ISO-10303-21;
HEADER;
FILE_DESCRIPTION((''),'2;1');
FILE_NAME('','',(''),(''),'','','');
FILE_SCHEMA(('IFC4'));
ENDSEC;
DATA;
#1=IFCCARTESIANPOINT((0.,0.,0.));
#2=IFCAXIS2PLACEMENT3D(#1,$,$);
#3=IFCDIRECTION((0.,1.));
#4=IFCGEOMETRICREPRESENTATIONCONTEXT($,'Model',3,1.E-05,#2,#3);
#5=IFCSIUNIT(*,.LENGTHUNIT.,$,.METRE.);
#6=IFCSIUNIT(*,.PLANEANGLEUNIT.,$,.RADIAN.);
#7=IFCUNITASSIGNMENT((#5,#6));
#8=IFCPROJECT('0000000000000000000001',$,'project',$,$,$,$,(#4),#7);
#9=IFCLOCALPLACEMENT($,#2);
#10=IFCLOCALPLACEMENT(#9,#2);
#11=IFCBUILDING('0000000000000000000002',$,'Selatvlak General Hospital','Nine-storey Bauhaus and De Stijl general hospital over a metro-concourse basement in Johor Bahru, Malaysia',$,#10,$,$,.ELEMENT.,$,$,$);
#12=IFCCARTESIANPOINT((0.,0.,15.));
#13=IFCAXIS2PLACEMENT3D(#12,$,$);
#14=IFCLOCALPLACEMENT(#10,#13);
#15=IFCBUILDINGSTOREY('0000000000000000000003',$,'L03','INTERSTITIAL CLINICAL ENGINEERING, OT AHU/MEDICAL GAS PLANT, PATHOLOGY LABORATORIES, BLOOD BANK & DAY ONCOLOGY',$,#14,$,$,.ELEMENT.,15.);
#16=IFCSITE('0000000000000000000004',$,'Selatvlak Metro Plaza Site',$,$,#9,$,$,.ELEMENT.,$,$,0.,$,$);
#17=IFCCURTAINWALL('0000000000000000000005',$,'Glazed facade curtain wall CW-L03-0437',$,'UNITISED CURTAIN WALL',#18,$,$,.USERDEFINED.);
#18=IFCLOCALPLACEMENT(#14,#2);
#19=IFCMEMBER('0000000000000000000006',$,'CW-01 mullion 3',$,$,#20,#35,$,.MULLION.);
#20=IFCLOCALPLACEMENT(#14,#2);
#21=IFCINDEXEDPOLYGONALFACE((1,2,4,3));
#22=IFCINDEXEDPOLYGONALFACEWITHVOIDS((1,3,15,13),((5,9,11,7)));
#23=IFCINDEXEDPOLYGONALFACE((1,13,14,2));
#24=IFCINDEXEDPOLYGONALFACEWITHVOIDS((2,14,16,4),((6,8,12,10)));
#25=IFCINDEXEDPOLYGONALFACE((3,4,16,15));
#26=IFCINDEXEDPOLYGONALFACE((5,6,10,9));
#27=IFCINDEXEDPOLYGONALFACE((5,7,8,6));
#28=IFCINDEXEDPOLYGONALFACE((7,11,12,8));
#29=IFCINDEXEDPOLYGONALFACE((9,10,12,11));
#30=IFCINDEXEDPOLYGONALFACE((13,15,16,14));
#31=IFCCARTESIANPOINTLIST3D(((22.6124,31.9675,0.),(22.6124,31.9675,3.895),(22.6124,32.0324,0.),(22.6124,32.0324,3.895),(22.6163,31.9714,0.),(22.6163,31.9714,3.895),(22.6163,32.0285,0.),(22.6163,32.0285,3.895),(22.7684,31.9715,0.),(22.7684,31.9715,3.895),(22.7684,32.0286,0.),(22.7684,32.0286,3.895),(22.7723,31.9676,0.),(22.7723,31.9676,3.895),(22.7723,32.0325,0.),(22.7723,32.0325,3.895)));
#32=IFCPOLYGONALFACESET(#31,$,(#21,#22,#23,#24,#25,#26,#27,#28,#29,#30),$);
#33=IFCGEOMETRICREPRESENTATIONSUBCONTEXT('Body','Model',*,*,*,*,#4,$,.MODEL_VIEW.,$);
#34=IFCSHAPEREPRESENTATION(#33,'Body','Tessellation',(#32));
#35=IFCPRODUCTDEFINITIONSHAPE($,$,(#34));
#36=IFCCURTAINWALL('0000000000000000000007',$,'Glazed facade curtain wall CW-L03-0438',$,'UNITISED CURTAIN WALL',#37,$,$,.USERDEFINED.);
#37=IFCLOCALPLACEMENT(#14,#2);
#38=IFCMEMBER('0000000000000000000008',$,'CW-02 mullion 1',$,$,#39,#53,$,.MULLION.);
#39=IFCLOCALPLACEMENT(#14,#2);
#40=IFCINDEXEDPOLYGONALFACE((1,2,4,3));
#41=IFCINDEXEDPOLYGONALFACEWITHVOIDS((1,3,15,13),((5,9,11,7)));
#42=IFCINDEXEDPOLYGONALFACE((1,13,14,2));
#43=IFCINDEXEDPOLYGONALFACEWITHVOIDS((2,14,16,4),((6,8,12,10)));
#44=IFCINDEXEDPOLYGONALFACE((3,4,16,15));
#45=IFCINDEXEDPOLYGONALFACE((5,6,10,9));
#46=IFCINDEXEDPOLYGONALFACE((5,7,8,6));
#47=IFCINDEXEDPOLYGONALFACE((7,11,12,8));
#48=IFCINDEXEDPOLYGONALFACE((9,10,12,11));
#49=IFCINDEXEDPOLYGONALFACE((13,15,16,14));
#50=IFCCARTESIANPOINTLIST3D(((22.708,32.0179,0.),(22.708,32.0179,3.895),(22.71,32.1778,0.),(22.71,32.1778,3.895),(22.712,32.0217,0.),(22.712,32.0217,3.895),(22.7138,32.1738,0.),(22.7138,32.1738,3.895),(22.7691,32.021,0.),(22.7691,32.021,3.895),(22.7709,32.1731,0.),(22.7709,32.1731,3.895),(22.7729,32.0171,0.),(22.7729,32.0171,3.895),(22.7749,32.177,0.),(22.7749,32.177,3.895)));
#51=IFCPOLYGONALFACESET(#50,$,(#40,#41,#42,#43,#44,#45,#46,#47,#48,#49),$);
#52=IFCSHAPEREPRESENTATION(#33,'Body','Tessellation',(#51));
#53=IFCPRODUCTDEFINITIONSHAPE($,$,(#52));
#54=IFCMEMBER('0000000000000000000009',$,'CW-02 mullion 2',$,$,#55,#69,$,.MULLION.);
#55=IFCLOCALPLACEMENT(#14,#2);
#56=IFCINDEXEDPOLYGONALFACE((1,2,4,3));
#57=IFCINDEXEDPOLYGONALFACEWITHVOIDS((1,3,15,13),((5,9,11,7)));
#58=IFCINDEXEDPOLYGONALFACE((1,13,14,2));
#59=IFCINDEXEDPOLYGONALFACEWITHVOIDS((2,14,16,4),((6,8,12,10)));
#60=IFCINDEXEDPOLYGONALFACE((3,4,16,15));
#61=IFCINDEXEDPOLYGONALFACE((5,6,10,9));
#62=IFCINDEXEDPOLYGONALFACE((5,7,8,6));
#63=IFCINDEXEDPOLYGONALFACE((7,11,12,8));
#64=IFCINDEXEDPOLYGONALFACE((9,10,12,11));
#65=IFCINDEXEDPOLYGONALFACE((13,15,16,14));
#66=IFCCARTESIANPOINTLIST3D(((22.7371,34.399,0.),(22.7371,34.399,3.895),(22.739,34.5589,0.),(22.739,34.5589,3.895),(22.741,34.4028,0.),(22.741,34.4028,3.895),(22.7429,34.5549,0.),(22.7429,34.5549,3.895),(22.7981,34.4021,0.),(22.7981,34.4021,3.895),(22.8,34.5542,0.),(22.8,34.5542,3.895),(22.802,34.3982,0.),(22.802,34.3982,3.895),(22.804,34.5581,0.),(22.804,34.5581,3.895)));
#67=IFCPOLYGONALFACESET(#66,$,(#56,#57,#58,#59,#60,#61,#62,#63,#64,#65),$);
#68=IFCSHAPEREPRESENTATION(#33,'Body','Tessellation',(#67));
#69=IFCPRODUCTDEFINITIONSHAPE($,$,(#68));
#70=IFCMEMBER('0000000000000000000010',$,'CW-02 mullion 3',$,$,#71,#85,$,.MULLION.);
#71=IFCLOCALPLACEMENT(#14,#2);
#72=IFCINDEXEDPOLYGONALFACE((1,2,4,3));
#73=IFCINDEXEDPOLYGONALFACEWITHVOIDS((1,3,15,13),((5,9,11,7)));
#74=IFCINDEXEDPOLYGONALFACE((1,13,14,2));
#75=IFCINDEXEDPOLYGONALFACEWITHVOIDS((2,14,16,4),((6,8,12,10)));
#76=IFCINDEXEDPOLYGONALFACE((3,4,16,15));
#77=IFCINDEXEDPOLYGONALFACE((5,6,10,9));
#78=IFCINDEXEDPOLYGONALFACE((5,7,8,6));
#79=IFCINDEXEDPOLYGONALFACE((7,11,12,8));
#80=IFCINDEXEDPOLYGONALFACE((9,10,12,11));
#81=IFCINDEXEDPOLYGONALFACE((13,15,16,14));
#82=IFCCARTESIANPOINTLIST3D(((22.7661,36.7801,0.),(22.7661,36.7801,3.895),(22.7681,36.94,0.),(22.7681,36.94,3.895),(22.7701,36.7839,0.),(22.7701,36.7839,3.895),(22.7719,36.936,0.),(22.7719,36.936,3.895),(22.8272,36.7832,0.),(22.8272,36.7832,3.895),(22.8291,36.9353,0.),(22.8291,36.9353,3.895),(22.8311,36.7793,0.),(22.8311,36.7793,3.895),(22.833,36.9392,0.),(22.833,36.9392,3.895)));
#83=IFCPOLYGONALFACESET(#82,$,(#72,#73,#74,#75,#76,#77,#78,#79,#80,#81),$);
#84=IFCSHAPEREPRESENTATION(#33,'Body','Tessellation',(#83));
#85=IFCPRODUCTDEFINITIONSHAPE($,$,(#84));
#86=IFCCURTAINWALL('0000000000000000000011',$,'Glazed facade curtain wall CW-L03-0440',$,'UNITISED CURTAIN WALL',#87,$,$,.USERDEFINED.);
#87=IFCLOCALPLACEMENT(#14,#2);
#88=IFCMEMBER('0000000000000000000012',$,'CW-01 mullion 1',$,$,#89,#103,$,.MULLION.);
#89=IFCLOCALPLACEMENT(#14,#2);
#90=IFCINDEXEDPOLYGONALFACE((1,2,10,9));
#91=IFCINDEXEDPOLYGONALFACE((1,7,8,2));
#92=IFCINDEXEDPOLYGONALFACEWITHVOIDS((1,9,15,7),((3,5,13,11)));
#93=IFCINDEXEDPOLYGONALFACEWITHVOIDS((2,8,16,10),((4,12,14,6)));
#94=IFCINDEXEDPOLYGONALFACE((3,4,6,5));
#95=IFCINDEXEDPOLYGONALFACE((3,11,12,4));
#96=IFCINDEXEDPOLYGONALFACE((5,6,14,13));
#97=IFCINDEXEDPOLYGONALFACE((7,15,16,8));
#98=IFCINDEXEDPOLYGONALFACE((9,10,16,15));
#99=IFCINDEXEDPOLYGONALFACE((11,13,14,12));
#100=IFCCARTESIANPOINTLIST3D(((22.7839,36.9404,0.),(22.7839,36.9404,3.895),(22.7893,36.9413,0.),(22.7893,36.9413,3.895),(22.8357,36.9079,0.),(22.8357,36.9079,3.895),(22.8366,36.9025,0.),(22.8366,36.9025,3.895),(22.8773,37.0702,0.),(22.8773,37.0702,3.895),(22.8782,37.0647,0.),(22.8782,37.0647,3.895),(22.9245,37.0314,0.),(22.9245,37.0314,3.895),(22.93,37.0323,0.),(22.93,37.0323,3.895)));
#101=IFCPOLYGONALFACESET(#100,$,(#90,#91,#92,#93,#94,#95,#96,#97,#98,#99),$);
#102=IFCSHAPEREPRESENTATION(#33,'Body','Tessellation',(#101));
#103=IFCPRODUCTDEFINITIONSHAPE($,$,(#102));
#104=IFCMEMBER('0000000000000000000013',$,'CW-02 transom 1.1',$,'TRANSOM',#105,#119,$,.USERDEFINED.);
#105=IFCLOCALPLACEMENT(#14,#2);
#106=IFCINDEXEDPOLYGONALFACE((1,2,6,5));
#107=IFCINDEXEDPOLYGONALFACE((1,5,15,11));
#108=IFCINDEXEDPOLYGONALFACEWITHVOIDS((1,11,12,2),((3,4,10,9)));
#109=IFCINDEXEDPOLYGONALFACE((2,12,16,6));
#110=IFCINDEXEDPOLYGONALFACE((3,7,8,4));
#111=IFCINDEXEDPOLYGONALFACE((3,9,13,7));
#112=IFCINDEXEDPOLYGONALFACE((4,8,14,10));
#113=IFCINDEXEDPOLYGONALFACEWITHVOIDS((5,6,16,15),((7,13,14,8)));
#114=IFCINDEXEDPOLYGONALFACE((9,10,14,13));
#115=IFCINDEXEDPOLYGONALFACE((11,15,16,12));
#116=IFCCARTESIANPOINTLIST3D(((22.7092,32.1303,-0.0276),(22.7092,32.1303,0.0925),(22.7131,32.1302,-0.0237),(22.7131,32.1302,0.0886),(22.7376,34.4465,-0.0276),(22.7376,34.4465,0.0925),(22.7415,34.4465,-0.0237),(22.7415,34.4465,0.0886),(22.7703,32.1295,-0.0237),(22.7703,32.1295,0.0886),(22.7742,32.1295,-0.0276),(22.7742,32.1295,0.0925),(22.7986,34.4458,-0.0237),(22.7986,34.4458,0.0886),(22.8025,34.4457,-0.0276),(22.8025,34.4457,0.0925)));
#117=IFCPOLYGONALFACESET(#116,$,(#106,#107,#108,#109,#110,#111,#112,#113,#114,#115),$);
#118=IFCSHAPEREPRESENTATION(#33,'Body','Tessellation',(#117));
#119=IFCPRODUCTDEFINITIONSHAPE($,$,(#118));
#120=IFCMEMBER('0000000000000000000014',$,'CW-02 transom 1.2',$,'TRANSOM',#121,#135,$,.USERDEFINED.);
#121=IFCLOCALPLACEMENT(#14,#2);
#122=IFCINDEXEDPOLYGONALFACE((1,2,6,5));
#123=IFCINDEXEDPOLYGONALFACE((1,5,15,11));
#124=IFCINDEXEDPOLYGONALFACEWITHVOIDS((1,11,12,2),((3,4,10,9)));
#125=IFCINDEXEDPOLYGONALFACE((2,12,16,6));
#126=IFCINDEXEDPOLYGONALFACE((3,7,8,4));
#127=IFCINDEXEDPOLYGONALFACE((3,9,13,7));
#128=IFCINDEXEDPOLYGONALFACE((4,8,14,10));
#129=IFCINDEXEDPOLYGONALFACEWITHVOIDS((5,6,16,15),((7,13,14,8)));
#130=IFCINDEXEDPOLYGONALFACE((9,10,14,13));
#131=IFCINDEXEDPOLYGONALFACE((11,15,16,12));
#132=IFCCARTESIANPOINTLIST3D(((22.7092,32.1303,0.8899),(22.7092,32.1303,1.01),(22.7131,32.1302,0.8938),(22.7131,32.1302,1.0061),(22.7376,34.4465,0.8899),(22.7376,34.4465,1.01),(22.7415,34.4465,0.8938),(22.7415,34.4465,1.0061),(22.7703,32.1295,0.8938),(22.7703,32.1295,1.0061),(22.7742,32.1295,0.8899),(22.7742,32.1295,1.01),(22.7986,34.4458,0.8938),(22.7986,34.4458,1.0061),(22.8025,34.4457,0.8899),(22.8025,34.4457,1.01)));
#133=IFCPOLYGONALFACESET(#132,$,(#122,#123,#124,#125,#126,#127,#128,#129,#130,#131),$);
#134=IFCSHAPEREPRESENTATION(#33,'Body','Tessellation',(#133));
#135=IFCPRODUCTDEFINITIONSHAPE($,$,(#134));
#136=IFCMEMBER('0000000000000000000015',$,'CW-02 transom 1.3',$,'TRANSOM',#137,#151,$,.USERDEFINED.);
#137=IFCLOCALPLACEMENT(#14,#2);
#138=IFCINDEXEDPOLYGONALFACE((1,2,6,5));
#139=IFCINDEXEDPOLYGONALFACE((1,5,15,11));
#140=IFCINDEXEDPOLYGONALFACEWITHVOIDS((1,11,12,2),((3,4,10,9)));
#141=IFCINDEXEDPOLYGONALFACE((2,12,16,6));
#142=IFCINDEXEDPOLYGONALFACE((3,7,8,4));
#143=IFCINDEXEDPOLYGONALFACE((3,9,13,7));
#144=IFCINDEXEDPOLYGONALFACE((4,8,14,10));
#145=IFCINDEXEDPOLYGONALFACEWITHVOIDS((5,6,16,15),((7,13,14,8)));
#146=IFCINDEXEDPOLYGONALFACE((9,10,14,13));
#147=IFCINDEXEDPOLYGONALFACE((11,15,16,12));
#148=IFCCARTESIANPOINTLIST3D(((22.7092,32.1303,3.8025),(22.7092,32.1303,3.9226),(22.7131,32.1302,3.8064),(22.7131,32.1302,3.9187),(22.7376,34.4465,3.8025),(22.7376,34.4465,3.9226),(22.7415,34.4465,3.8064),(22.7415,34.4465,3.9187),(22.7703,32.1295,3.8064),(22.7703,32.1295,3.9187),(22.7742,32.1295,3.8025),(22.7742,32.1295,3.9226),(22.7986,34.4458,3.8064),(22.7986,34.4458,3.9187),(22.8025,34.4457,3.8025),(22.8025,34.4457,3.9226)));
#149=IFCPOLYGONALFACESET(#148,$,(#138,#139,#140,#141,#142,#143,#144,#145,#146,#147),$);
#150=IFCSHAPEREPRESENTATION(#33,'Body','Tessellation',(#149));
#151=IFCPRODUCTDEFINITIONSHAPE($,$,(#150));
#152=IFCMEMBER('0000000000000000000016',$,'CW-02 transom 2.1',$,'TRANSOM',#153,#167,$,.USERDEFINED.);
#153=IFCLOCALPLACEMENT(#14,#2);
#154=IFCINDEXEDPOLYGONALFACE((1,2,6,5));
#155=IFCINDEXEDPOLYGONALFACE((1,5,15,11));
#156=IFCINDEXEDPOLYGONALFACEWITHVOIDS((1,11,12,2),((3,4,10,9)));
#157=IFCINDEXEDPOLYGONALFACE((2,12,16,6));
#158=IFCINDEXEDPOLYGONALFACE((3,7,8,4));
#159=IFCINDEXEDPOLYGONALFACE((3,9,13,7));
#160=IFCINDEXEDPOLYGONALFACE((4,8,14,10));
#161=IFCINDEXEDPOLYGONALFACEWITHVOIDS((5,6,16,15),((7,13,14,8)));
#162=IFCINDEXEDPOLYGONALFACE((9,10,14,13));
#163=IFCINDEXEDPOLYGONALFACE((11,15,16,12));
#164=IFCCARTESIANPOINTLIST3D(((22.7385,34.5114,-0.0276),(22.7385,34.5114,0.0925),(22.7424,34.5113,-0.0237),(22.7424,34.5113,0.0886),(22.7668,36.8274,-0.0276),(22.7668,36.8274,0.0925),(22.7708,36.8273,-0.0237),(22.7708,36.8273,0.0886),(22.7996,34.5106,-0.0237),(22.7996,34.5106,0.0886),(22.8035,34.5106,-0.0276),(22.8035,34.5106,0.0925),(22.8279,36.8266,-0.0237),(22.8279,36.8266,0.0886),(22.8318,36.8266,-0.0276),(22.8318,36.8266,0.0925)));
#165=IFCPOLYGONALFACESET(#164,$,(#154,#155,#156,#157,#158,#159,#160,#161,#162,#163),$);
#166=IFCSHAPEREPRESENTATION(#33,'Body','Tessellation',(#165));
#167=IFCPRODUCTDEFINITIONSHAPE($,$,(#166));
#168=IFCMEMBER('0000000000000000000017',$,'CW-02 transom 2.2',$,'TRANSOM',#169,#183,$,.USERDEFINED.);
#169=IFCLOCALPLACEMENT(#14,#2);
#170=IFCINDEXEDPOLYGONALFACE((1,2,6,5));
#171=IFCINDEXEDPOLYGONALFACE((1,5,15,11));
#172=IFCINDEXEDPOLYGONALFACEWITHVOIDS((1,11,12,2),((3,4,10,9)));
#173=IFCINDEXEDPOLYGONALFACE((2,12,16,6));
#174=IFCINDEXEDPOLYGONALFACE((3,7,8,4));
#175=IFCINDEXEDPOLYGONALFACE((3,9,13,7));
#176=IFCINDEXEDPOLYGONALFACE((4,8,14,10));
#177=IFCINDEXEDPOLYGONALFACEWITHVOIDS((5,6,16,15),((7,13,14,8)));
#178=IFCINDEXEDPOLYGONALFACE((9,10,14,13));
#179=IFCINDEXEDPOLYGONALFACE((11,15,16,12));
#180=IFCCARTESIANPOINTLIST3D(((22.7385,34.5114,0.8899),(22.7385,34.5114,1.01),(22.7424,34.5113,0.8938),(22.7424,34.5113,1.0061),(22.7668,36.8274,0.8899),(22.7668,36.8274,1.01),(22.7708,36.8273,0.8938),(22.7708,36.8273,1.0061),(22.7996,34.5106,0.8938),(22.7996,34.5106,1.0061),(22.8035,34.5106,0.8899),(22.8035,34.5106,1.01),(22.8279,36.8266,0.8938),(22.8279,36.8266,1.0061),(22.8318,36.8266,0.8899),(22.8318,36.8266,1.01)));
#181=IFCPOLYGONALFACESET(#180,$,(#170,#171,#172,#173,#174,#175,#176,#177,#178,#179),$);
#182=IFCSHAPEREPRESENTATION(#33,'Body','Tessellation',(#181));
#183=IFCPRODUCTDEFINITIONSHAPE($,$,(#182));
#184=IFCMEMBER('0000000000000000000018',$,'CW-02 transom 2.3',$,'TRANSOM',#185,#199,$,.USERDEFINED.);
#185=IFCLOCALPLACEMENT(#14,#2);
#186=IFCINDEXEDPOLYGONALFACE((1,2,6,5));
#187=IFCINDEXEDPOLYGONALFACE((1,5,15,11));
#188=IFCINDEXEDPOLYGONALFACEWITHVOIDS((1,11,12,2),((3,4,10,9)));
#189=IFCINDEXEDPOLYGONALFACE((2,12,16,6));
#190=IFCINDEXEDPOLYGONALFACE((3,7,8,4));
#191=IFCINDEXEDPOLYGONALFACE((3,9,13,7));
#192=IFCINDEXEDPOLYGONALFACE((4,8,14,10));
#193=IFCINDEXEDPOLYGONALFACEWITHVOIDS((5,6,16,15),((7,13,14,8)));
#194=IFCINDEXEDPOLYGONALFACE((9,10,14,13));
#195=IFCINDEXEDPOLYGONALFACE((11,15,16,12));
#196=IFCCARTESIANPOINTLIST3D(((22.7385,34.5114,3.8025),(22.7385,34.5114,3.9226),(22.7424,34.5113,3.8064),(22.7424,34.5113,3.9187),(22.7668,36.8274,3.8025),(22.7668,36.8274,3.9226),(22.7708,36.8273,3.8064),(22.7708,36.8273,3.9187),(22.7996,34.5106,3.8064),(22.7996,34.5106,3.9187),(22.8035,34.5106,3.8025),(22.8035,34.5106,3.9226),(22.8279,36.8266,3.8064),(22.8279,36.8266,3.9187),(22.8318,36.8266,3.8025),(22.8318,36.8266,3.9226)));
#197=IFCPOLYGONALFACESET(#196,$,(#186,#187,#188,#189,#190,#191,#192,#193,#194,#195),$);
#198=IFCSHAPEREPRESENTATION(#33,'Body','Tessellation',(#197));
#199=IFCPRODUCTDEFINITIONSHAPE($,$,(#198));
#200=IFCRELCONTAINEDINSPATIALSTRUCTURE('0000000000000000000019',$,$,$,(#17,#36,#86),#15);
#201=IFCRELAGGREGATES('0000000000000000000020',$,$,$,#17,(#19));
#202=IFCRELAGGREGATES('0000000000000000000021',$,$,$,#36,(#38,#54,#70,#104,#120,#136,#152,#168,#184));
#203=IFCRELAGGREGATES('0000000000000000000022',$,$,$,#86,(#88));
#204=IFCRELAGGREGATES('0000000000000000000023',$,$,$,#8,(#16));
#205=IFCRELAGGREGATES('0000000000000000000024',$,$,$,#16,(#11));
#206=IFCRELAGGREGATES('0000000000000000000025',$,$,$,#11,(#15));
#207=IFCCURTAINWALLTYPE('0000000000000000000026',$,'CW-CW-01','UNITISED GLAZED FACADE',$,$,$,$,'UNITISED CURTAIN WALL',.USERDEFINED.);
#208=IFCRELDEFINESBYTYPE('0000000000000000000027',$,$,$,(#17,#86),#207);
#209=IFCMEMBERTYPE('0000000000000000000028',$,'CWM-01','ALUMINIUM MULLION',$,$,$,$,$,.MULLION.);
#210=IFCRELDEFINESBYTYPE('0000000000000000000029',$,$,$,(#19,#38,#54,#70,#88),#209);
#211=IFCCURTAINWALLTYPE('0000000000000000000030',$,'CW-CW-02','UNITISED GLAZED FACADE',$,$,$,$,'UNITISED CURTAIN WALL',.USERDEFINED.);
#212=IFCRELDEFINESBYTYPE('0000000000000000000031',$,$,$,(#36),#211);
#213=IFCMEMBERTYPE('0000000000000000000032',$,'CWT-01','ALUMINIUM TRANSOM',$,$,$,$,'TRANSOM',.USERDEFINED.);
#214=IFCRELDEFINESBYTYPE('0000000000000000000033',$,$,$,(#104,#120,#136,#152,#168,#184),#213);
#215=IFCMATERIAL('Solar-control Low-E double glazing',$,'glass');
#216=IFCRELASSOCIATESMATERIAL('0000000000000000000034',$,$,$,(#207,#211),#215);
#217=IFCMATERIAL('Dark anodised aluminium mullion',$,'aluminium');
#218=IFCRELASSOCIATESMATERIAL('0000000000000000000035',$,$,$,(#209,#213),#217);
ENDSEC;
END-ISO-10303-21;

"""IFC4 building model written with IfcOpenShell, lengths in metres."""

from ifc_helpers import new_model, si_unit, direction, frame, origin, origin_2d, place, context, subcontext, project, spatial, hollow_rectangle, extrude, material, material_profile, profile_set, type_object, element, aggregate, save


model = new_model("IFC4")

# Units and contexts
model_context = context("Model", 3, precision=1e-05, world=origin(), true_north=direction((0.0, 1.0)))
body_context = subcontext(model_context, "Body", "Model", "MODEL_VIEW")
ifc_project = project(units=[si_unit("LENGTHUNIT", "METRE"), si_unit("PLANEANGLEUNIT", "RADIAN")], contexts=[model_context])

# Site, building, storey
site_placement = place(None, origin())
site = spatial("IfcSite", under=ifc_project, at=site_placement, Name="Selatvlak Metro Plaza Site", CompositionType="ELEMENT", RefElevation=0.0)
building_placement = place(site_placement, origin())
building = spatial("IfcBuilding", under=site, at=building_placement, Name="Selatvlak General Hospital", Description="Nine-storey Bauhaus and De Stijl general hospital over a metro-concourse basement in Johor Bahru, Malaysia", CompositionType="ELEMENT")
storey_placement = place(building_placement, frame((0.0, 0.0, 15.0)))
storey = spatial("IfcBuildingStorey", under=building, at=storey_placement, Name="L03", Description="INTERSTITIAL CLINICAL ENGINEERING, OT AHU/MEDICAL GAS PLANT, PATHOLOGY LABORATORIES, BLOOD BANK & DAY ONCOLOGY", CompositionType="ELEMENT", Elevation=15.0)

# Curtain wall, member
ifc_material_1 = material(Name="Solar-control Low-E double glazing", Category="glass")
curtain_wall_type_1 = type_object("IfcCurtainWallType", Name="CW-CW-01", Description="UNITISED GLAZED FACADE", ElementType="UNITISED CURTAIN WALL", PredefinedType="USERDEFINED", material=ifc_material_1)
curtain_wall_1_placement = place(storey_placement, origin())
curtain_wall_1 = element("IfcCurtainWall", 1, at=curtain_wall_1_placement, inside=storey, type_object=curtain_wall_type_1, Name="Glazed facade curtain wall CW-L03-0437", ObjectType="UNITISED CURTAIN WALL", PredefinedType="USERDEFINED")
ifc_material_2 = material(Name="Dark anodised aluminium mullion", Category="aluminium")
ifc_material_profile_1 = material_profile(ifc_material_2, hollow_rectangle(XDim=0.0649, YDim=0.1599, WallThickness=0.0039, at=origin_2d()), Name="AL-MUL 65x160x4")
ifc_profile_set_1 = profile_set([ifc_material_profile_1], Name="Dark anodised aluminium mullion")
member_type_1 = type_object("IfcMemberType", Name="CWM-01", Description="ALUMINIUM MULLION", PredefinedType="MULLION", material=ifc_profile_set_1)
member_1_placement = place(storey_placement, frame((22.6924, 32.0, 0.0), z_axis=(0.0, 0.0, 1.0), x_axis=(-0.000295, 1.0, 0.0)))
member_1 = element("IfcMember", 2, at=member_1_placement, type_object=member_type_1, Name="CW-01 mullion 3", PredefinedType="MULLION", context=body_context, shape_type="SweptSolid", body=[
    extrude(hollow_rectangle(XDim=0.0649, YDim=0.1599, WallThickness=0.0039, at=origin_2d()), origin(), (0.0, 0.0, 1.0), 3.895),
])

# Curtain wall, members
curtain_wall_type_2 = type_object("IfcCurtainWallType", Name="CW-CW-02", Description="UNITISED GLAZED FACADE", ElementType="UNITISED CURTAIN WALL", PredefinedType="USERDEFINED", material=ifc_material_1)
curtain_wall_2_placement = place(storey_placement, origin())
curtain_wall_2 = element("IfcCurtainWall", 3, at=curtain_wall_2_placement, inside=storey, type_object=curtain_wall_type_2, Name="Glazed facade curtain wall CW-L03-0438", ObjectType="UNITISED CURTAIN WALL", PredefinedType="USERDEFINED")
member_2_placement = place(storey_placement, frame((22.7415, 32.0974, 0.0), z_axis=(0.0, 0.0, 1.0), x_axis=(-0.999925, 0.012222, 0.0)))
member_2 = element("IfcMember", 4, at=member_2_placement, type_object=member_type_1, Name="CW-02 mullion 1", PredefinedType="MULLION", context=body_context, shape_type="SweptSolid", body=[
    extrude(hollow_rectangle(XDim=0.0649, YDim=0.1599, WallThickness=0.0039, at=origin_2d()), origin(), (0.0, 0.0, 1.0), 3.895),
])
member_3_placement = place(storey_placement, frame((22.7705, 34.4785, 0.0), z_axis=(0.0, 0.0, 1.0), x_axis=(-0.999925, 0.012222, 0.0)))
member_3 = element("IfcMember", 5, at=member_3_placement, type_object=member_type_1, Name="CW-02 mullion 2", PredefinedType="MULLION", context=body_context, shape_type="SweptSolid", body=[
    extrude(hollow_rectangle(XDim=0.0649, YDim=0.1599, WallThickness=0.0039, at=origin_2d()), origin(), (0.0, 0.0, 1.0), 3.895),
])
member_4_placement = place(storey_placement, frame((22.7996, 36.8596, 0.0), z_axis=(0.0, 0.0, 1.0), x_axis=(-0.999925, 0.012222, 0.0)))
member_4 = element("IfcMember", 6, at=member_4_placement, type_object=member_type_1, Name="CW-02 mullion 3", PredefinedType="MULLION", context=body_context, shape_type="SweptSolid", body=[
    extrude(hollow_rectangle(XDim=0.0649, YDim=0.1599, WallThickness=0.0039, at=origin_2d()), origin(), (0.0, 0.0, 1.0), 3.895),
])

# Curtain wall, member
curtain_wall_3_placement = place(storey_placement, origin())
curtain_wall_3 = element("IfcCurtainWall", 7, at=curtain_wall_3_placement, inside=storey, type_object=curtain_wall_type_1, Name="Glazed facade curtain wall CW-L03-0440", ObjectType="UNITISED CURTAIN WALL", PredefinedType="USERDEFINED")
member_5_placement = place(storey_placement, frame((22.8569, 36.9863, 0.0), z_axis=(0.0, 0.0, 1.0), x_axis=(-0.811804, 0.583929, 0.0)))
member_5 = element("IfcMember", 8, at=member_5_placement, type_object=member_type_1, Name="CW-01 mullion 1", PredefinedType="MULLION", context=body_context, shape_type="SweptSolid", body=[
    extrude(hollow_rectangle(XDim=0.0649, YDim=0.1599, WallThickness=0.0039, at=origin_2d()), origin(), (0.0, 0.0, 1.0), 3.895),
])

# Members
ifc_material_profile_2 = material_profile(ifc_material_2, hollow_rectangle(XDim=0.0649, YDim=0.1201, WallThickness=0.0039, at=origin_2d()), Name="AL-TRN 65x120x4")
ifc_profile_set_2 = profile_set([ifc_material_profile_2], Name="Dark anodised aluminium mullion")
member_type_2 = type_object("IfcMemberType", Name="CWT-01", Description="ALUMINIUM TRANSOM", ElementType="TRANSOM", PredefinedType="USERDEFINED", material=ifc_profile_set_2)
member_6_placement = place(storey_placement, frame((22.7417, 32.1299, 0.0325), z_axis=(0.012226, 0.999925, 0.0), x_axis=(-0.999925, 0.012226, 0.0)))
member_6 = element("IfcMember", 9, at=member_6_placement, type_object=member_type_2, Name="CW-02 transom 1.1", ObjectType="TRANSOM", PredefinedType="USERDEFINED", context=body_context, shape_type="SweptSolid", body=[
    extrude(hollow_rectangle(XDim=0.0649, YDim=0.1201, WallThickness=0.0039, at=origin_2d()), origin(), (0.0, 0.0, 1.0), 2.3164),
])
member_7_placement = place(storey_placement, frame((22.7417, 32.1299, 0.95), z_axis=(0.012226, 0.999925, 0.0), x_axis=(-0.999925, 0.012226, 0.0)))
member_7 = element("IfcMember", 10, at=member_7_placement, type_object=member_type_2, Name="CW-02 transom 1.2", ObjectType="TRANSOM", PredefinedType="USERDEFINED", context=body_context, shape_type="SweptSolid", body=[
    extrude(hollow_rectangle(XDim=0.0649, YDim=0.1201, WallThickness=0.0039, at=origin_2d()), origin(), (0.0, 0.0, 1.0), 2.3164),
])
member_8_placement = place(storey_placement, frame((22.7417, 32.1299, 3.8625), z_axis=(0.012226, 0.999925, 0.0), x_axis=(-0.999925, 0.012226, 0.0)))
member_8 = element("IfcMember", 11, at=member_8_placement, type_object=member_type_2, Name="CW-02 transom 1.3", ObjectType="TRANSOM", PredefinedType="USERDEFINED", context=body_context, shape_type="SweptSolid", body=[
    extrude(hollow_rectangle(XDim=0.0649, YDim=0.1201, WallThickness=0.0039, at=origin_2d()), origin(), (0.0, 0.0, 1.0), 2.3164),
])
member_9_placement = place(storey_placement, frame((22.771, 34.511, 0.0325), z_axis=(0.012228, 0.999925, 0.0), x_axis=(-0.999925, 0.012228, 0.0)))
member_9 = element("IfcMember", 12, at=member_9_placement, type_object=member_type_2, Name="CW-02 transom 2.1", ObjectType="TRANSOM", PredefinedType="USERDEFINED", context=body_context, shape_type="SweptSolid", body=[
    extrude(hollow_rectangle(XDim=0.0649, YDim=0.1201, WallThickness=0.0039, at=origin_2d()), origin(), (0.0, 0.0, 1.0), 2.3162),
])
member_10_placement = place(storey_placement, frame((22.771, 34.511, 0.95), z_axis=(0.012228, 0.999925, 0.0), x_axis=(-0.999925, 0.012228, 0.0)))
member_10 = element("IfcMember", 13, at=member_10_placement, type_object=member_type_2, Name="CW-02 transom 2.2", ObjectType="TRANSOM", PredefinedType="USERDEFINED", context=body_context, shape_type="SweptSolid", body=[
    extrude(hollow_rectangle(XDim=0.0649, YDim=0.1201, WallThickness=0.0039, at=origin_2d()), origin(), (0.0, 0.0, 1.0), 2.3162),
])
member_11_placement = place(storey_placement, frame((22.771, 34.511, 3.8625), z_axis=(0.012228, 0.999925, 0.0), x_axis=(-0.999925, 0.012228, 0.0)))
member_11 = element("IfcMember", 14, at=member_11_placement, type_object=member_type_2, Name="CW-02 transom 2.3", ObjectType="TRANSOM", PredefinedType="USERDEFINED", context=body_context, shape_type="SweptSolid", body=[
    extrude(hollow_rectangle(XDim=0.0649, YDim=0.1201, WallThickness=0.0039, at=origin_2d()), origin(), (0.0, 0.0, 1.0), 2.3162),
])

aggregate(curtain_wall_1, [member_1])
aggregate(curtain_wall_2, [member_2, member_3, member_4, member_6, member_7, member_8, member_9, member_10, member_11])
aggregate(curtain_wall_3, [member_5])

save(model, "model.ifc")
